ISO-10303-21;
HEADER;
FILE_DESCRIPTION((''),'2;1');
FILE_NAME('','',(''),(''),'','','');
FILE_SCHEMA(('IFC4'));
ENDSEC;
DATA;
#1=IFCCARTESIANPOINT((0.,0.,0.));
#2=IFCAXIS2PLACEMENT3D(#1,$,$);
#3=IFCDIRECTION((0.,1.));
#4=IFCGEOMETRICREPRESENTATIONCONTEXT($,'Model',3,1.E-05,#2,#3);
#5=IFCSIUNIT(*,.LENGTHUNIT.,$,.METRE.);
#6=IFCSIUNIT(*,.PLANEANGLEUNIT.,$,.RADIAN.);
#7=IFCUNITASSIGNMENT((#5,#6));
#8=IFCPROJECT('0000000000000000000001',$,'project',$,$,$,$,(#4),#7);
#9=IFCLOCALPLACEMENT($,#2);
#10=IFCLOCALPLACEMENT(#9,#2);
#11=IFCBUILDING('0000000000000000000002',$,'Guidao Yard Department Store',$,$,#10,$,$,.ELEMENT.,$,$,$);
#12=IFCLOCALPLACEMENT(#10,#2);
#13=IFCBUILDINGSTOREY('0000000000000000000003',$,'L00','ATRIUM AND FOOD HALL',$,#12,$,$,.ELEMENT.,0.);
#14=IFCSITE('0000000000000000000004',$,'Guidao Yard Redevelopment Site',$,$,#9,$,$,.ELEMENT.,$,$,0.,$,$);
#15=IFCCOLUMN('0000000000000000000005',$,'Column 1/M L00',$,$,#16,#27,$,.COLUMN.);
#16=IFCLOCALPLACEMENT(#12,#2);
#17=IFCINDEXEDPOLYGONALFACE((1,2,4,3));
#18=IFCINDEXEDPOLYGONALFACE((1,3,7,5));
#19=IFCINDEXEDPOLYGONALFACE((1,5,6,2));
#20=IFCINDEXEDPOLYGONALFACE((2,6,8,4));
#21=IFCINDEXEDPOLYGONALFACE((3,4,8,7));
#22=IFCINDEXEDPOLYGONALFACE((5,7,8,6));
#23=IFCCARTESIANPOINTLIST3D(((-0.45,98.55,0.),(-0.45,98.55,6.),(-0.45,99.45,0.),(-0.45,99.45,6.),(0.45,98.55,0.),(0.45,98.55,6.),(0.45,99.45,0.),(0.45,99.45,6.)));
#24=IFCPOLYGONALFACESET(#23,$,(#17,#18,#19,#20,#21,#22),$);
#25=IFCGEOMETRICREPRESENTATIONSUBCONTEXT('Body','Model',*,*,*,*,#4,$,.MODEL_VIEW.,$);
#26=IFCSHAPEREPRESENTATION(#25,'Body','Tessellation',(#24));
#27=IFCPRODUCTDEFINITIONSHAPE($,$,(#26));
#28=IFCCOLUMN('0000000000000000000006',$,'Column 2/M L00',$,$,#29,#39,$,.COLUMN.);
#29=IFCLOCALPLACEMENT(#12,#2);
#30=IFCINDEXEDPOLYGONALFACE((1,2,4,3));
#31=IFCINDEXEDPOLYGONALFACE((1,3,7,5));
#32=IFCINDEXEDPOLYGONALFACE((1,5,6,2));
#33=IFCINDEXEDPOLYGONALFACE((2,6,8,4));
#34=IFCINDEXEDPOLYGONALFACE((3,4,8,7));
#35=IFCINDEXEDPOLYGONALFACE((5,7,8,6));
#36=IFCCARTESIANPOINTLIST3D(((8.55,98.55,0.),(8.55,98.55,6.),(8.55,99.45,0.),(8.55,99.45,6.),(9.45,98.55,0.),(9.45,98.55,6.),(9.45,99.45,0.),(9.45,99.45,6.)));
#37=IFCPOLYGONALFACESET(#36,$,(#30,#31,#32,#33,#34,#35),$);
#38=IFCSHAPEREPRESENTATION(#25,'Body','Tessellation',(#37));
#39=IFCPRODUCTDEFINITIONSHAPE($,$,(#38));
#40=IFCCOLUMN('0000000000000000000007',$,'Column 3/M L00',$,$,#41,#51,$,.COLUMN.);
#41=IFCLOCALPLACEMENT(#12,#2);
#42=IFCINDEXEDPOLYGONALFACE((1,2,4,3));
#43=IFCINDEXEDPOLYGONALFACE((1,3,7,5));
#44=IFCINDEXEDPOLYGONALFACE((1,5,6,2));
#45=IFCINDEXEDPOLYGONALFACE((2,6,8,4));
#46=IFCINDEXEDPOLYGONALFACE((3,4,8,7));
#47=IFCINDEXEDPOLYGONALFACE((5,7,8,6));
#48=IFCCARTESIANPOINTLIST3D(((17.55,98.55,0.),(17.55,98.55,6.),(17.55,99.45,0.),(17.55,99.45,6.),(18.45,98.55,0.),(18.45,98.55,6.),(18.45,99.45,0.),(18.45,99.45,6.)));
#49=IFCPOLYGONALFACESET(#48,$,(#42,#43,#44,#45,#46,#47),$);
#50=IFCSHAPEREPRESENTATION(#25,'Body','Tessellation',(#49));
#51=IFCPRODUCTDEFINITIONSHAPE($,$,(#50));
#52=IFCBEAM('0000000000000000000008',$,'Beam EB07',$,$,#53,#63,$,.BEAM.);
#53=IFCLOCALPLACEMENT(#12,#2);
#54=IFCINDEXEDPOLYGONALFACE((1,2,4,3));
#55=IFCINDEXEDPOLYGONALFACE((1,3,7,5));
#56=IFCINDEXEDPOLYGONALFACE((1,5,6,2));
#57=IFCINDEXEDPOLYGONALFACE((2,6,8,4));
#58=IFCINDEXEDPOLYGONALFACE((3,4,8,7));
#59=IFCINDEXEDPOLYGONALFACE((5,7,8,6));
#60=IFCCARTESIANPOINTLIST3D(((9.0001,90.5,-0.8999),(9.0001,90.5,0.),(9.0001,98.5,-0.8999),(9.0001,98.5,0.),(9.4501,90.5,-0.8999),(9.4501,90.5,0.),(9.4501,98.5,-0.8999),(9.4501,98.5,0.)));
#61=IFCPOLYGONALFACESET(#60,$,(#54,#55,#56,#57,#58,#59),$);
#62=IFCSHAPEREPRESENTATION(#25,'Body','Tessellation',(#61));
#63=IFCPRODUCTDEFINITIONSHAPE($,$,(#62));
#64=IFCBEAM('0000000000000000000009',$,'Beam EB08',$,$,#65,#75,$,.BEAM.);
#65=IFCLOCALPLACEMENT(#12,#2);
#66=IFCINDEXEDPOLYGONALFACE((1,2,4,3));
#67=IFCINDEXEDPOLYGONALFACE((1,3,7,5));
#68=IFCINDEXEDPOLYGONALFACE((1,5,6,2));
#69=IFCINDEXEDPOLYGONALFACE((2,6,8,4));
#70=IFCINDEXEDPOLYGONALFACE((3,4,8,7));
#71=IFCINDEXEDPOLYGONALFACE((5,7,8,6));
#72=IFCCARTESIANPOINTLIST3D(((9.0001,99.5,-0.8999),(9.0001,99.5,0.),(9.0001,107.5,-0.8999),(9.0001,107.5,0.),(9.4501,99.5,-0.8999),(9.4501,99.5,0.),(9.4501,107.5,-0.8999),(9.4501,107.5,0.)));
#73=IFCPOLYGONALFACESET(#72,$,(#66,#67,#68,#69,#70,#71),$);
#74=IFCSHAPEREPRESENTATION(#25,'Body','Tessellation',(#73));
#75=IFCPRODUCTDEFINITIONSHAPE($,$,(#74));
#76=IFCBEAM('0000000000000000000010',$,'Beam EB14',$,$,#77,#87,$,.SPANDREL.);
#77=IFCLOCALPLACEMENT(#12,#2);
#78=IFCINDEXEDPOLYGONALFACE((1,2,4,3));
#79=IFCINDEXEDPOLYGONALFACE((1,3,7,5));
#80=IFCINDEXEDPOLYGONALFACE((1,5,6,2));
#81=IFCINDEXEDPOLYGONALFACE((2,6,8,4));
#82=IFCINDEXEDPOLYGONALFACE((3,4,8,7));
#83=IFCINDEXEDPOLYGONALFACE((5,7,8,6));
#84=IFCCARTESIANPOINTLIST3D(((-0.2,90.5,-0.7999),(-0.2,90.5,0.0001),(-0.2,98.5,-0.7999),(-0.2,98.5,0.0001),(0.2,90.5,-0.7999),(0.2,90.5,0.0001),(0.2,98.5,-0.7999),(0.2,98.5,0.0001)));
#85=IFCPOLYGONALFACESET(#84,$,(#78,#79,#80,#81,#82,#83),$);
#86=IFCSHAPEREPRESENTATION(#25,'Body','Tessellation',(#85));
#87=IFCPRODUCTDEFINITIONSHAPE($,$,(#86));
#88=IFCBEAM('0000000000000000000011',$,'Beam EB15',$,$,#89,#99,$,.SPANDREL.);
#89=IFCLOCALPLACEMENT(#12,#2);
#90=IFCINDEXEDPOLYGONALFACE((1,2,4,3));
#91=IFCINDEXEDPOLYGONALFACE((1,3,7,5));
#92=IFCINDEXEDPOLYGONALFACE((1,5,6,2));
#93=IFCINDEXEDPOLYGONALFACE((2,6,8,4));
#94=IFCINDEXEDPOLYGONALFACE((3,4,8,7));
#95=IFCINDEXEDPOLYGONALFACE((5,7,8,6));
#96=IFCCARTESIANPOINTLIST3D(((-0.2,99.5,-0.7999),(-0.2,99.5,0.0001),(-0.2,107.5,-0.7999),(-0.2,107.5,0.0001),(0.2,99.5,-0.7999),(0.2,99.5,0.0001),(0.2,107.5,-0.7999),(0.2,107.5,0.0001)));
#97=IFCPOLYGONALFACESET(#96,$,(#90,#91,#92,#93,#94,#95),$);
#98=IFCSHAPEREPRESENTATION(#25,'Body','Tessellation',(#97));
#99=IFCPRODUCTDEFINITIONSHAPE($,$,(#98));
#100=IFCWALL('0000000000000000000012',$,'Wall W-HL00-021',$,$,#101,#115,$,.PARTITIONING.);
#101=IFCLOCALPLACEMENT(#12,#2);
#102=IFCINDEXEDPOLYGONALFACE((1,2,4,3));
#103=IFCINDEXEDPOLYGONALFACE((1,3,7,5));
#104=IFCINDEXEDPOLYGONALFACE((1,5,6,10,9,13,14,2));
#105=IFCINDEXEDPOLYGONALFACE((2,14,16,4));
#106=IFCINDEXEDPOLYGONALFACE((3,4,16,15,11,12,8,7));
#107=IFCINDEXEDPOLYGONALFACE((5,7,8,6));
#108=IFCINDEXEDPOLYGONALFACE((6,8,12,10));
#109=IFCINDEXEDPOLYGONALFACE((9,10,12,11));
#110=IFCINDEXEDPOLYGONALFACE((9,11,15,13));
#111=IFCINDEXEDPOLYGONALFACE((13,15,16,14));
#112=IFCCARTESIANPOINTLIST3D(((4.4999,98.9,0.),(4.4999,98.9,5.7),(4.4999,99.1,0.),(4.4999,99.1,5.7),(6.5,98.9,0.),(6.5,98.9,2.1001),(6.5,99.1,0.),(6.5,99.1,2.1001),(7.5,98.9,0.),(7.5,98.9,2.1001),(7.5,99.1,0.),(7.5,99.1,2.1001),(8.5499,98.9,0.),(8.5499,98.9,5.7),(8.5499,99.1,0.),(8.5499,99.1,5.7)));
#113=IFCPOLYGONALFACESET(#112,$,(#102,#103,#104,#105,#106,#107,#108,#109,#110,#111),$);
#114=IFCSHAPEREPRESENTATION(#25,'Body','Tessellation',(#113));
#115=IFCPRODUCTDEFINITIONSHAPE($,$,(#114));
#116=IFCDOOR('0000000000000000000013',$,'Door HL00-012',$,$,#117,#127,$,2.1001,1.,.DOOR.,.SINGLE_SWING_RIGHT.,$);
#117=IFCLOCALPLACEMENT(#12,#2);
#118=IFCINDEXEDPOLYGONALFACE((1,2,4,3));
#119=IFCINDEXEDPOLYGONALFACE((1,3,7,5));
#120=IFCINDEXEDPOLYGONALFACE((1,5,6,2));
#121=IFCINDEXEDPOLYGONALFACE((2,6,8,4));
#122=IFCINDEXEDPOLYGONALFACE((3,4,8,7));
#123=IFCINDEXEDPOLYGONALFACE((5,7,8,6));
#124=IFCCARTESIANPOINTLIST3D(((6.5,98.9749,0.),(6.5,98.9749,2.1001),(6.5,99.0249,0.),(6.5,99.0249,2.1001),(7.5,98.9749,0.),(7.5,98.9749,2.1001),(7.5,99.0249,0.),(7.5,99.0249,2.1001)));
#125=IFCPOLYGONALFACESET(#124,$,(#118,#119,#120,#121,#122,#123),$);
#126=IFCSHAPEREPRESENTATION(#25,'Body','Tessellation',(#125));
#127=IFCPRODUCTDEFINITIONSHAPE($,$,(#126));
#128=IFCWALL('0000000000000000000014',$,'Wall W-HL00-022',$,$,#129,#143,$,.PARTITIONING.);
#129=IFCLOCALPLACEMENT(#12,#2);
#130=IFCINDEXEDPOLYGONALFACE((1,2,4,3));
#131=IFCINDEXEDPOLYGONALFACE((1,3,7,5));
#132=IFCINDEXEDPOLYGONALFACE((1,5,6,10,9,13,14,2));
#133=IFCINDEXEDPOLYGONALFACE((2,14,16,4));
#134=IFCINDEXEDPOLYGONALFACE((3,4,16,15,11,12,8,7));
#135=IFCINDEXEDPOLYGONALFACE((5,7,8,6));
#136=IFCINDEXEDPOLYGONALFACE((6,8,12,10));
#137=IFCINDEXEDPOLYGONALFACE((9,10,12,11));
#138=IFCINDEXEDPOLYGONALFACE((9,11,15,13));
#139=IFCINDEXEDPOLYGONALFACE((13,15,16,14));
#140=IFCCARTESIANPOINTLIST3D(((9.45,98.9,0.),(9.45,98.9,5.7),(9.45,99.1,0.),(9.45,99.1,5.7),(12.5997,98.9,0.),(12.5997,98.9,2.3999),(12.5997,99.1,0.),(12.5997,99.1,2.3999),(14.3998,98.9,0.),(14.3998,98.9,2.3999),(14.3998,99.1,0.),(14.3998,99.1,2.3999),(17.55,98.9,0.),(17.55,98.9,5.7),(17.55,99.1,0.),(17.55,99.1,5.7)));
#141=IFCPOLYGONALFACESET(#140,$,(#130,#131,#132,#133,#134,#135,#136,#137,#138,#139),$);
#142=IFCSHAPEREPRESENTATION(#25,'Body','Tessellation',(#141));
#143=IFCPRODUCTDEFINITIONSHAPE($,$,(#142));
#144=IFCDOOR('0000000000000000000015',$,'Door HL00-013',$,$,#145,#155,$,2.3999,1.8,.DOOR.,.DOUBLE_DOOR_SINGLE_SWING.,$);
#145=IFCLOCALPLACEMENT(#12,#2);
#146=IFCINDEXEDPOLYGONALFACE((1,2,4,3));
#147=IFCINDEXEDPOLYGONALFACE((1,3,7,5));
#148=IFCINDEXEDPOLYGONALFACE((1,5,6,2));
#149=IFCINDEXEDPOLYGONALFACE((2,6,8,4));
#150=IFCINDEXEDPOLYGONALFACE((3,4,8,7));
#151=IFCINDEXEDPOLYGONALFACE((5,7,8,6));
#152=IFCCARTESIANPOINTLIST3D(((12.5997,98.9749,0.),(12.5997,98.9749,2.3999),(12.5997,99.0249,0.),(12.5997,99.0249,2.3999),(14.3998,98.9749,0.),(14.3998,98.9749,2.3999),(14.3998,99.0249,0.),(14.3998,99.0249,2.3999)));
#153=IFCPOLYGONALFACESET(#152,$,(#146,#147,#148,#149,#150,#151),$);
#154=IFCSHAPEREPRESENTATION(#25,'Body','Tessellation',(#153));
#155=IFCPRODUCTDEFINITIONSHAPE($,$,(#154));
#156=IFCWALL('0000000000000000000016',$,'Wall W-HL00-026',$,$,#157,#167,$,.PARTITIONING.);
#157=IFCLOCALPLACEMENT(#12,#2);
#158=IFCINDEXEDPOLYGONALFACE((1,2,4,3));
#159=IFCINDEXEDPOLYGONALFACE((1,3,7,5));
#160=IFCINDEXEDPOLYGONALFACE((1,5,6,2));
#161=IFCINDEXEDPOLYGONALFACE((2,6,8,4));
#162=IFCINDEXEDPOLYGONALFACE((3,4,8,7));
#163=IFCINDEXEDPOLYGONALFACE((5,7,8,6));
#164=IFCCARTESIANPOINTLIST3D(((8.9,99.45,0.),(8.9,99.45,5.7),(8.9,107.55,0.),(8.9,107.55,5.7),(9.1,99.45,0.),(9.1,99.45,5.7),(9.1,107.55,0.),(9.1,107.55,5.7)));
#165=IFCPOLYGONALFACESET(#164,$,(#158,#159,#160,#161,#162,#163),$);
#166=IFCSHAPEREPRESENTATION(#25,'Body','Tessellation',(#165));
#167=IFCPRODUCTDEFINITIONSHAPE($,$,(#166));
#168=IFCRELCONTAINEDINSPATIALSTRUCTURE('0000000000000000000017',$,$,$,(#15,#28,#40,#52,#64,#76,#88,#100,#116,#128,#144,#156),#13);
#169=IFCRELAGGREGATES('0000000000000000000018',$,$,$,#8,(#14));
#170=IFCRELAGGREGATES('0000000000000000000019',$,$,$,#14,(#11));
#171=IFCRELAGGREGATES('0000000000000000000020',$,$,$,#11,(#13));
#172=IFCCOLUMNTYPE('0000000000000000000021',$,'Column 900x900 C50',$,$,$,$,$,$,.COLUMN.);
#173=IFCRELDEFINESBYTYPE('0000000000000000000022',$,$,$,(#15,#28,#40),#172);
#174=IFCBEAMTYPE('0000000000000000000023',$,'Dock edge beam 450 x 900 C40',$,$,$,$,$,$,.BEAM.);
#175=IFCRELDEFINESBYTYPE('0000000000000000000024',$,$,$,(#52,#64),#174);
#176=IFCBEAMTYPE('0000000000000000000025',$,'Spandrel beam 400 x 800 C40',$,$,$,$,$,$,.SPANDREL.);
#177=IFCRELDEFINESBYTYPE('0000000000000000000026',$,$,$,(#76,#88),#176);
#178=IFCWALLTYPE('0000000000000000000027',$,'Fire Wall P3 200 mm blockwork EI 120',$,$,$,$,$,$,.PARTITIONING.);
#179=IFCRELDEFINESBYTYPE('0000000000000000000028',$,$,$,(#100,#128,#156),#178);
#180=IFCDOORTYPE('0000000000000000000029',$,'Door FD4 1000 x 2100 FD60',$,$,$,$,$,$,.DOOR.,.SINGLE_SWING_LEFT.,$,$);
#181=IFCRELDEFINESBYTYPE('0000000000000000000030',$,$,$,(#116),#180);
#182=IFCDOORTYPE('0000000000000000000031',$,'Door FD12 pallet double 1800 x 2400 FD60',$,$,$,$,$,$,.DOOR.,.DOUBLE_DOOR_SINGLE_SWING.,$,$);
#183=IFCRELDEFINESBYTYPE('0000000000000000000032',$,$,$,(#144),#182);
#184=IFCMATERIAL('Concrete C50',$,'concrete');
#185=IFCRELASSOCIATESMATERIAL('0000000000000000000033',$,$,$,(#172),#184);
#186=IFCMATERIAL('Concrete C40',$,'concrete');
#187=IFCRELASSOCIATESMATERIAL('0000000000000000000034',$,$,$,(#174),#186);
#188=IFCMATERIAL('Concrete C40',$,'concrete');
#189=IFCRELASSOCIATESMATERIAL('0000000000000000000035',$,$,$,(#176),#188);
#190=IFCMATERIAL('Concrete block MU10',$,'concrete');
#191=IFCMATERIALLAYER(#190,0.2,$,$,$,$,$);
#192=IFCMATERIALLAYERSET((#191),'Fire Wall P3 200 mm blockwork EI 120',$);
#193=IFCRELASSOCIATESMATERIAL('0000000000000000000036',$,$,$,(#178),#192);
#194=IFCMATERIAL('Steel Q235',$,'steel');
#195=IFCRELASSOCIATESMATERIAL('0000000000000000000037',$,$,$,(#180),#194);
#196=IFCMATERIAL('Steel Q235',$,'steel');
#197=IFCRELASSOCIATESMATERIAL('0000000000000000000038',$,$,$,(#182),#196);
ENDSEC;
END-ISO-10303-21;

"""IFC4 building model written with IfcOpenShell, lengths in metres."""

from ifc_helpers import new_model, si_unit, direction, frame, frame_2d, origin, origin_2d, place, context, subcontext, project, spatial, rectangle, extrude, material, layer, layer_set, material_profile, profile_set, type_object, element, fill, save


model = new_model("IFC4")

# Units and contexts
model_context = context("Model", 3, precision=1e-05, world=origin(), true_north=direction((0.0, 1.0)))
body_context = subcontext(model_context, "Body", "Model", "MODEL_VIEW")
ifc_project = project(units=[si_unit("LENGTHUNIT", "METRE"), si_unit("PLANEANGLEUNIT", "RADIAN")], contexts=[model_context])

# Site, building, storey
site_placement = place(None, origin())
site = spatial("IfcSite", under=ifc_project, at=site_placement, Name="Guidao Yard Redevelopment Site", CompositionType="ELEMENT", RefElevation=0.0)
building_placement = place(site_placement, origin())
building = spatial("IfcBuilding", under=site, at=building_placement, Name="Guidao Yard Department Store", CompositionType="ELEMENT")
storey_placement = place(building_placement, origin())
storey = spatial("IfcBuildingStorey", under=building, at=storey_placement, Name="L00", Description="ATRIUM AND FOOD HALL", CompositionType="ELEMENT", Elevation=0.0)

# Columns
ifc_material_1 = material(Name="Concrete C50", Category="concrete")
ifc_material_profile_1 = material_profile(ifc_material_1, rectangle(XDim=0.8999, YDim=0.8999, at=origin_2d()), Name="COL 900x900")
ifc_profile_set_1 = profile_set([ifc_material_profile_1], Name="Concrete C50")
column_type = type_object("IfcColumnType", Name="Column 900x900 C50", PredefinedType="COLUMN", material=ifc_profile_set_1)
for number, where, z_axis, x_axis, name in (
    (1, (0.0, 99.0, 0.0), (0.0, 0.0, 1.0), (1.0, 0.0, 0.0), "Column 1/M L00"),
    (2, (9.0, 99.0, 0.0), (0.0, 0.0, 1.0), (1.0, 0.0, 0.0), "Column 2/M L00"),
    (3, (18.0, 99.0, 0.0), (0.0, 0.0, 1.0), (1.0, 0.0, 0.0), "Column 3/M L00"),
):
    element("IfcColumn", number, at=place(storey_placement, frame(where, z_axis=z_axis, x_axis=x_axis)), inside=storey, type_object=column_type, Name=name, PredefinedType="COLUMN", context=body_context, shape_type="SweptSolid", body=[
        extrude(rectangle(XDim=0.8999, YDim=0.8999, at=origin_2d()), origin(), (0.0, 0.0, 1.0), 6.0),
    ])

# Beams
ifc_material_2 = material(Name="Concrete C40", Category="concrete")
ifc_material_profile_2 = material_profile(ifc_material_2, rectangle(XDim=0.45, YDim=0.8999, at=origin_2d()), Name="Dock edge beam 450 x 900 C40")
ifc_profile_set_2 = profile_set([ifc_material_profile_2], Name="Concrete C40")
beam_type_1 = type_object("IfcBeamType", Name="Dock edge beam 450 x 900 C40", PredefinedType="BEAM", material=ifc_profile_set_2)
for number, where, z_axis, x_axis, name in (
    (4, (9.2251, 90.5, -0.45), (0.0, 1.0, 0.0), (-1.0, 0.0, 0.0), "Beam EB07"),
    (5, (9.2251, 99.5, -0.45), (0.0, 1.0, 0.0), (-1.0, 0.0, 0.0), "Beam EB08"),
):
    element("IfcBeam", number, at=place(storey_placement, frame(where, z_axis=z_axis, x_axis=x_axis)), inside=storey, type_object=beam_type_1, Name=name, PredefinedType="BEAM", context=body_context, shape_type="SweptSolid", body=[
        extrude(rectangle(XDim=0.45, YDim=0.8999, at=origin_2d()), origin(), (0.0, 0.0, 1.0), 8.0),
    ])
ifc_material_3 = material(Name="Concrete C40", Category="concrete")
ifc_material_profile_3 = material_profile(ifc_material_3, rectangle(XDim=0.3999, YDim=0.8, at=origin_2d()), Name="Spandrel beam 400 x 800 C40")
ifc_profile_set_3 = profile_set([ifc_material_profile_3], Name="Concrete C40")
beam_type_2 = type_object("IfcBeamType", Name="Spandrel beam 400 x 800 C40", PredefinedType="SPANDREL", material=ifc_profile_set_3)
for number, where, z_axis, x_axis, name in (
    (6, (0.0, 90.5, -0.3999), (0.0, 1.0, 0.0), (-1.0, 0.0, 0.0), "Beam EB14"),
    (7, (0.0, 99.5, -0.3999), (0.0, 1.0, 0.0), (-1.0, 0.0, 0.0), "Beam EB15"),
):
    element("IfcBeam", number, at=place(storey_placement, frame(where, z_axis=z_axis, x_axis=x_axis)), inside=storey, type_object=beam_type_2, Name=name, PredefinedType="SPANDREL", context=body_context, shape_type="SweptSolid", body=[
        extrude(rectangle(XDim=0.3999, YDim=0.8, at=origin_2d()), origin(), (0.0, 0.0, 1.0), 8.0),
    ])

# Walls, openings, doors
ifc_material_4 = material(Name="Concrete block MU10", Category="concrete")
ifc_layer_1 = layer(ifc_material_4, 0.2)
ifc_layer_set_1 = layer_set([ifc_layer_1], Name="Fire Wall P3 200 mm blockwork EI 120")
wall_type_1 = type_object("IfcWallType", Name="Fire Wall P3 200 mm blockwork EI 120", PredefinedType="PARTITIONING", material=ifc_layer_set_1)
wall_1_placement = place(storey_placement, frame((4.5, 99.0, 0.0), z_axis=(0.0, 0.0, 1.0), x_axis=(1.0, 0.0, 0.0)))
wall_1 = element("IfcWall", 8, at=wall_1_placement, inside=storey, type_object=wall_type_1, Name="Wall W-HL00-021", PredefinedType="PARTITIONING", context=body_context, shape_type="SweptSolid", body=[
    extrude(rectangle(XDim=4.05, YDim=0.2, at=frame_2d((2.0249, 0.0))), origin(), (0.0, 0.0, 1.0), 5.7),
])
opening_1_placement = place(wall_1_placement, frame((2.0, 0.0, 0.0)))
opening_1 = element("IfcOpeningElement", 9, at=opening_1_placement, cuts=wall_1, PredefinedType="OPENING", context=body_context, shape_type="SweptSolid", body=[
    extrude(rectangle(XDim=1.0, YDim=2.1001, at=frame_2d((0.5, 1.05))), frame((0.0, 0.1099, 0.0), z_axis=(0.0, -1.0, 0.0), x_axis=(1.0, 0.0, 0.0)), (0.0, 0.0, 1.0), 0.22),
])
ifc_material_5 = material(Name="Steel Q235", Category="steel")
door_type_1 = type_object("IfcDoorType", Name="Door FD4 1000 x 2100 FD60", OperationType="SINGLE_SWING_LEFT", PredefinedType="DOOR", material=ifc_material_5)
door_1_placement = place(opening_1_placement, origin())
door_1 = element("IfcDoor", 10, at=door_1_placement, inside=storey, type_object=door_type_1, Name="Door HL00-012", OperationType="SINGLE_SWING_RIGHT", OverallHeight=2.1001, OverallWidth=1.0, PredefinedType="DOOR", context=body_context, shape_type="SweptSolid", body=[
    extrude(rectangle(XDim=1.0, YDim=2.1001, at=frame_2d((0.5, 1.05))), frame((0.0, 0.0249, 0.0), z_axis=(0.0, -1.0, 0.0), x_axis=(1.0, 0.0, 0.0)), (0.0, 0.0, 1.0), 0.05),
])
fill(opening_1, door_1)
wall_2_placement = place(storey_placement, frame((9.45, 99.0, 0.0), z_axis=(0.0, 0.0, 1.0), x_axis=(1.0, 0.0, 0.0)))
wall_2 = element("IfcWall", 11, at=wall_2_placement, inside=storey, type_object=wall_type_1, Name="Wall W-HL00-022", PredefinedType="PARTITIONING", context=body_context, shape_type="SweptSolid", body=[
    extrude(rectangle(XDim=8.1001, YDim=0.2, at=frame_2d((4.05, 0.0))), origin(), (0.0, 0.0, 1.0), 5.7),
])
opening_2_placement = place(wall_2_placement, frame((3.1499, 0.0, 0.0)))
opening_2 = element("IfcOpeningElement", 12, at=opening_2_placement, cuts=wall_2, PredefinedType="OPENING", context=body_context, shape_type="SweptSolid", body=[
    extrude(rectangle(XDim=1.8, YDim=2.3999, at=frame_2d((0.8999, 1.2))), frame((0.0, 0.1099, 0.0), z_axis=(0.0, -1.0, 0.0), x_axis=(1.0, 0.0, 0.0)), (0.0, 0.0, 1.0), 0.22),
])
ifc_material_6 = material(Name="Steel Q235", Category="steel")
door_type_2 = type_object("IfcDoorType", Name="Door FD12 pallet double 1800 x 2400 FD60", OperationType="DOUBLE_DOOR_SINGLE_SWING", PredefinedType="DOOR", material=ifc_material_6)
door_2_placement = place(opening_2_placement, origin())
door_2 = element("IfcDoor", 13, at=door_2_placement, inside=storey, type_object=door_type_2, Name="Door HL00-013", OperationType="DOUBLE_DOOR_SINGLE_SWING", OverallHeight=2.3999, OverallWidth=1.8, PredefinedType="DOOR", context=body_context, shape_type="SweptSolid", body=[
    extrude(rectangle(XDim=1.8, YDim=2.3999, at=frame_2d((0.8999, 1.2))), frame((0.0, 0.0249, 0.0), z_axis=(0.0, -1.0, 0.0), x_axis=(1.0, 0.0, 0.0)), (0.0, 0.0, 1.0), 0.05),
])
fill(opening_2, door_2)

# Wall
wall_3_placement = place(storey_placement, frame((9.0, 99.45, 0.0), z_axis=(0.0, 0.0, 1.0), x_axis=(0.0, 1.0, 0.0)))
element("IfcWall", 14, at=wall_3_placement, inside=storey, type_object=wall_type_1, Name="Wall W-HL00-026", PredefinedType="PARTITIONING", context=body_context, shape_type="SweptSolid", body=[
    extrude(rectangle(XDim=8.1001, YDim=0.2, at=frame_2d((4.05, 0.0))), origin(), (0.0, 0.0, 1.0), 5.7),
])

save(model, "model.ifc")
